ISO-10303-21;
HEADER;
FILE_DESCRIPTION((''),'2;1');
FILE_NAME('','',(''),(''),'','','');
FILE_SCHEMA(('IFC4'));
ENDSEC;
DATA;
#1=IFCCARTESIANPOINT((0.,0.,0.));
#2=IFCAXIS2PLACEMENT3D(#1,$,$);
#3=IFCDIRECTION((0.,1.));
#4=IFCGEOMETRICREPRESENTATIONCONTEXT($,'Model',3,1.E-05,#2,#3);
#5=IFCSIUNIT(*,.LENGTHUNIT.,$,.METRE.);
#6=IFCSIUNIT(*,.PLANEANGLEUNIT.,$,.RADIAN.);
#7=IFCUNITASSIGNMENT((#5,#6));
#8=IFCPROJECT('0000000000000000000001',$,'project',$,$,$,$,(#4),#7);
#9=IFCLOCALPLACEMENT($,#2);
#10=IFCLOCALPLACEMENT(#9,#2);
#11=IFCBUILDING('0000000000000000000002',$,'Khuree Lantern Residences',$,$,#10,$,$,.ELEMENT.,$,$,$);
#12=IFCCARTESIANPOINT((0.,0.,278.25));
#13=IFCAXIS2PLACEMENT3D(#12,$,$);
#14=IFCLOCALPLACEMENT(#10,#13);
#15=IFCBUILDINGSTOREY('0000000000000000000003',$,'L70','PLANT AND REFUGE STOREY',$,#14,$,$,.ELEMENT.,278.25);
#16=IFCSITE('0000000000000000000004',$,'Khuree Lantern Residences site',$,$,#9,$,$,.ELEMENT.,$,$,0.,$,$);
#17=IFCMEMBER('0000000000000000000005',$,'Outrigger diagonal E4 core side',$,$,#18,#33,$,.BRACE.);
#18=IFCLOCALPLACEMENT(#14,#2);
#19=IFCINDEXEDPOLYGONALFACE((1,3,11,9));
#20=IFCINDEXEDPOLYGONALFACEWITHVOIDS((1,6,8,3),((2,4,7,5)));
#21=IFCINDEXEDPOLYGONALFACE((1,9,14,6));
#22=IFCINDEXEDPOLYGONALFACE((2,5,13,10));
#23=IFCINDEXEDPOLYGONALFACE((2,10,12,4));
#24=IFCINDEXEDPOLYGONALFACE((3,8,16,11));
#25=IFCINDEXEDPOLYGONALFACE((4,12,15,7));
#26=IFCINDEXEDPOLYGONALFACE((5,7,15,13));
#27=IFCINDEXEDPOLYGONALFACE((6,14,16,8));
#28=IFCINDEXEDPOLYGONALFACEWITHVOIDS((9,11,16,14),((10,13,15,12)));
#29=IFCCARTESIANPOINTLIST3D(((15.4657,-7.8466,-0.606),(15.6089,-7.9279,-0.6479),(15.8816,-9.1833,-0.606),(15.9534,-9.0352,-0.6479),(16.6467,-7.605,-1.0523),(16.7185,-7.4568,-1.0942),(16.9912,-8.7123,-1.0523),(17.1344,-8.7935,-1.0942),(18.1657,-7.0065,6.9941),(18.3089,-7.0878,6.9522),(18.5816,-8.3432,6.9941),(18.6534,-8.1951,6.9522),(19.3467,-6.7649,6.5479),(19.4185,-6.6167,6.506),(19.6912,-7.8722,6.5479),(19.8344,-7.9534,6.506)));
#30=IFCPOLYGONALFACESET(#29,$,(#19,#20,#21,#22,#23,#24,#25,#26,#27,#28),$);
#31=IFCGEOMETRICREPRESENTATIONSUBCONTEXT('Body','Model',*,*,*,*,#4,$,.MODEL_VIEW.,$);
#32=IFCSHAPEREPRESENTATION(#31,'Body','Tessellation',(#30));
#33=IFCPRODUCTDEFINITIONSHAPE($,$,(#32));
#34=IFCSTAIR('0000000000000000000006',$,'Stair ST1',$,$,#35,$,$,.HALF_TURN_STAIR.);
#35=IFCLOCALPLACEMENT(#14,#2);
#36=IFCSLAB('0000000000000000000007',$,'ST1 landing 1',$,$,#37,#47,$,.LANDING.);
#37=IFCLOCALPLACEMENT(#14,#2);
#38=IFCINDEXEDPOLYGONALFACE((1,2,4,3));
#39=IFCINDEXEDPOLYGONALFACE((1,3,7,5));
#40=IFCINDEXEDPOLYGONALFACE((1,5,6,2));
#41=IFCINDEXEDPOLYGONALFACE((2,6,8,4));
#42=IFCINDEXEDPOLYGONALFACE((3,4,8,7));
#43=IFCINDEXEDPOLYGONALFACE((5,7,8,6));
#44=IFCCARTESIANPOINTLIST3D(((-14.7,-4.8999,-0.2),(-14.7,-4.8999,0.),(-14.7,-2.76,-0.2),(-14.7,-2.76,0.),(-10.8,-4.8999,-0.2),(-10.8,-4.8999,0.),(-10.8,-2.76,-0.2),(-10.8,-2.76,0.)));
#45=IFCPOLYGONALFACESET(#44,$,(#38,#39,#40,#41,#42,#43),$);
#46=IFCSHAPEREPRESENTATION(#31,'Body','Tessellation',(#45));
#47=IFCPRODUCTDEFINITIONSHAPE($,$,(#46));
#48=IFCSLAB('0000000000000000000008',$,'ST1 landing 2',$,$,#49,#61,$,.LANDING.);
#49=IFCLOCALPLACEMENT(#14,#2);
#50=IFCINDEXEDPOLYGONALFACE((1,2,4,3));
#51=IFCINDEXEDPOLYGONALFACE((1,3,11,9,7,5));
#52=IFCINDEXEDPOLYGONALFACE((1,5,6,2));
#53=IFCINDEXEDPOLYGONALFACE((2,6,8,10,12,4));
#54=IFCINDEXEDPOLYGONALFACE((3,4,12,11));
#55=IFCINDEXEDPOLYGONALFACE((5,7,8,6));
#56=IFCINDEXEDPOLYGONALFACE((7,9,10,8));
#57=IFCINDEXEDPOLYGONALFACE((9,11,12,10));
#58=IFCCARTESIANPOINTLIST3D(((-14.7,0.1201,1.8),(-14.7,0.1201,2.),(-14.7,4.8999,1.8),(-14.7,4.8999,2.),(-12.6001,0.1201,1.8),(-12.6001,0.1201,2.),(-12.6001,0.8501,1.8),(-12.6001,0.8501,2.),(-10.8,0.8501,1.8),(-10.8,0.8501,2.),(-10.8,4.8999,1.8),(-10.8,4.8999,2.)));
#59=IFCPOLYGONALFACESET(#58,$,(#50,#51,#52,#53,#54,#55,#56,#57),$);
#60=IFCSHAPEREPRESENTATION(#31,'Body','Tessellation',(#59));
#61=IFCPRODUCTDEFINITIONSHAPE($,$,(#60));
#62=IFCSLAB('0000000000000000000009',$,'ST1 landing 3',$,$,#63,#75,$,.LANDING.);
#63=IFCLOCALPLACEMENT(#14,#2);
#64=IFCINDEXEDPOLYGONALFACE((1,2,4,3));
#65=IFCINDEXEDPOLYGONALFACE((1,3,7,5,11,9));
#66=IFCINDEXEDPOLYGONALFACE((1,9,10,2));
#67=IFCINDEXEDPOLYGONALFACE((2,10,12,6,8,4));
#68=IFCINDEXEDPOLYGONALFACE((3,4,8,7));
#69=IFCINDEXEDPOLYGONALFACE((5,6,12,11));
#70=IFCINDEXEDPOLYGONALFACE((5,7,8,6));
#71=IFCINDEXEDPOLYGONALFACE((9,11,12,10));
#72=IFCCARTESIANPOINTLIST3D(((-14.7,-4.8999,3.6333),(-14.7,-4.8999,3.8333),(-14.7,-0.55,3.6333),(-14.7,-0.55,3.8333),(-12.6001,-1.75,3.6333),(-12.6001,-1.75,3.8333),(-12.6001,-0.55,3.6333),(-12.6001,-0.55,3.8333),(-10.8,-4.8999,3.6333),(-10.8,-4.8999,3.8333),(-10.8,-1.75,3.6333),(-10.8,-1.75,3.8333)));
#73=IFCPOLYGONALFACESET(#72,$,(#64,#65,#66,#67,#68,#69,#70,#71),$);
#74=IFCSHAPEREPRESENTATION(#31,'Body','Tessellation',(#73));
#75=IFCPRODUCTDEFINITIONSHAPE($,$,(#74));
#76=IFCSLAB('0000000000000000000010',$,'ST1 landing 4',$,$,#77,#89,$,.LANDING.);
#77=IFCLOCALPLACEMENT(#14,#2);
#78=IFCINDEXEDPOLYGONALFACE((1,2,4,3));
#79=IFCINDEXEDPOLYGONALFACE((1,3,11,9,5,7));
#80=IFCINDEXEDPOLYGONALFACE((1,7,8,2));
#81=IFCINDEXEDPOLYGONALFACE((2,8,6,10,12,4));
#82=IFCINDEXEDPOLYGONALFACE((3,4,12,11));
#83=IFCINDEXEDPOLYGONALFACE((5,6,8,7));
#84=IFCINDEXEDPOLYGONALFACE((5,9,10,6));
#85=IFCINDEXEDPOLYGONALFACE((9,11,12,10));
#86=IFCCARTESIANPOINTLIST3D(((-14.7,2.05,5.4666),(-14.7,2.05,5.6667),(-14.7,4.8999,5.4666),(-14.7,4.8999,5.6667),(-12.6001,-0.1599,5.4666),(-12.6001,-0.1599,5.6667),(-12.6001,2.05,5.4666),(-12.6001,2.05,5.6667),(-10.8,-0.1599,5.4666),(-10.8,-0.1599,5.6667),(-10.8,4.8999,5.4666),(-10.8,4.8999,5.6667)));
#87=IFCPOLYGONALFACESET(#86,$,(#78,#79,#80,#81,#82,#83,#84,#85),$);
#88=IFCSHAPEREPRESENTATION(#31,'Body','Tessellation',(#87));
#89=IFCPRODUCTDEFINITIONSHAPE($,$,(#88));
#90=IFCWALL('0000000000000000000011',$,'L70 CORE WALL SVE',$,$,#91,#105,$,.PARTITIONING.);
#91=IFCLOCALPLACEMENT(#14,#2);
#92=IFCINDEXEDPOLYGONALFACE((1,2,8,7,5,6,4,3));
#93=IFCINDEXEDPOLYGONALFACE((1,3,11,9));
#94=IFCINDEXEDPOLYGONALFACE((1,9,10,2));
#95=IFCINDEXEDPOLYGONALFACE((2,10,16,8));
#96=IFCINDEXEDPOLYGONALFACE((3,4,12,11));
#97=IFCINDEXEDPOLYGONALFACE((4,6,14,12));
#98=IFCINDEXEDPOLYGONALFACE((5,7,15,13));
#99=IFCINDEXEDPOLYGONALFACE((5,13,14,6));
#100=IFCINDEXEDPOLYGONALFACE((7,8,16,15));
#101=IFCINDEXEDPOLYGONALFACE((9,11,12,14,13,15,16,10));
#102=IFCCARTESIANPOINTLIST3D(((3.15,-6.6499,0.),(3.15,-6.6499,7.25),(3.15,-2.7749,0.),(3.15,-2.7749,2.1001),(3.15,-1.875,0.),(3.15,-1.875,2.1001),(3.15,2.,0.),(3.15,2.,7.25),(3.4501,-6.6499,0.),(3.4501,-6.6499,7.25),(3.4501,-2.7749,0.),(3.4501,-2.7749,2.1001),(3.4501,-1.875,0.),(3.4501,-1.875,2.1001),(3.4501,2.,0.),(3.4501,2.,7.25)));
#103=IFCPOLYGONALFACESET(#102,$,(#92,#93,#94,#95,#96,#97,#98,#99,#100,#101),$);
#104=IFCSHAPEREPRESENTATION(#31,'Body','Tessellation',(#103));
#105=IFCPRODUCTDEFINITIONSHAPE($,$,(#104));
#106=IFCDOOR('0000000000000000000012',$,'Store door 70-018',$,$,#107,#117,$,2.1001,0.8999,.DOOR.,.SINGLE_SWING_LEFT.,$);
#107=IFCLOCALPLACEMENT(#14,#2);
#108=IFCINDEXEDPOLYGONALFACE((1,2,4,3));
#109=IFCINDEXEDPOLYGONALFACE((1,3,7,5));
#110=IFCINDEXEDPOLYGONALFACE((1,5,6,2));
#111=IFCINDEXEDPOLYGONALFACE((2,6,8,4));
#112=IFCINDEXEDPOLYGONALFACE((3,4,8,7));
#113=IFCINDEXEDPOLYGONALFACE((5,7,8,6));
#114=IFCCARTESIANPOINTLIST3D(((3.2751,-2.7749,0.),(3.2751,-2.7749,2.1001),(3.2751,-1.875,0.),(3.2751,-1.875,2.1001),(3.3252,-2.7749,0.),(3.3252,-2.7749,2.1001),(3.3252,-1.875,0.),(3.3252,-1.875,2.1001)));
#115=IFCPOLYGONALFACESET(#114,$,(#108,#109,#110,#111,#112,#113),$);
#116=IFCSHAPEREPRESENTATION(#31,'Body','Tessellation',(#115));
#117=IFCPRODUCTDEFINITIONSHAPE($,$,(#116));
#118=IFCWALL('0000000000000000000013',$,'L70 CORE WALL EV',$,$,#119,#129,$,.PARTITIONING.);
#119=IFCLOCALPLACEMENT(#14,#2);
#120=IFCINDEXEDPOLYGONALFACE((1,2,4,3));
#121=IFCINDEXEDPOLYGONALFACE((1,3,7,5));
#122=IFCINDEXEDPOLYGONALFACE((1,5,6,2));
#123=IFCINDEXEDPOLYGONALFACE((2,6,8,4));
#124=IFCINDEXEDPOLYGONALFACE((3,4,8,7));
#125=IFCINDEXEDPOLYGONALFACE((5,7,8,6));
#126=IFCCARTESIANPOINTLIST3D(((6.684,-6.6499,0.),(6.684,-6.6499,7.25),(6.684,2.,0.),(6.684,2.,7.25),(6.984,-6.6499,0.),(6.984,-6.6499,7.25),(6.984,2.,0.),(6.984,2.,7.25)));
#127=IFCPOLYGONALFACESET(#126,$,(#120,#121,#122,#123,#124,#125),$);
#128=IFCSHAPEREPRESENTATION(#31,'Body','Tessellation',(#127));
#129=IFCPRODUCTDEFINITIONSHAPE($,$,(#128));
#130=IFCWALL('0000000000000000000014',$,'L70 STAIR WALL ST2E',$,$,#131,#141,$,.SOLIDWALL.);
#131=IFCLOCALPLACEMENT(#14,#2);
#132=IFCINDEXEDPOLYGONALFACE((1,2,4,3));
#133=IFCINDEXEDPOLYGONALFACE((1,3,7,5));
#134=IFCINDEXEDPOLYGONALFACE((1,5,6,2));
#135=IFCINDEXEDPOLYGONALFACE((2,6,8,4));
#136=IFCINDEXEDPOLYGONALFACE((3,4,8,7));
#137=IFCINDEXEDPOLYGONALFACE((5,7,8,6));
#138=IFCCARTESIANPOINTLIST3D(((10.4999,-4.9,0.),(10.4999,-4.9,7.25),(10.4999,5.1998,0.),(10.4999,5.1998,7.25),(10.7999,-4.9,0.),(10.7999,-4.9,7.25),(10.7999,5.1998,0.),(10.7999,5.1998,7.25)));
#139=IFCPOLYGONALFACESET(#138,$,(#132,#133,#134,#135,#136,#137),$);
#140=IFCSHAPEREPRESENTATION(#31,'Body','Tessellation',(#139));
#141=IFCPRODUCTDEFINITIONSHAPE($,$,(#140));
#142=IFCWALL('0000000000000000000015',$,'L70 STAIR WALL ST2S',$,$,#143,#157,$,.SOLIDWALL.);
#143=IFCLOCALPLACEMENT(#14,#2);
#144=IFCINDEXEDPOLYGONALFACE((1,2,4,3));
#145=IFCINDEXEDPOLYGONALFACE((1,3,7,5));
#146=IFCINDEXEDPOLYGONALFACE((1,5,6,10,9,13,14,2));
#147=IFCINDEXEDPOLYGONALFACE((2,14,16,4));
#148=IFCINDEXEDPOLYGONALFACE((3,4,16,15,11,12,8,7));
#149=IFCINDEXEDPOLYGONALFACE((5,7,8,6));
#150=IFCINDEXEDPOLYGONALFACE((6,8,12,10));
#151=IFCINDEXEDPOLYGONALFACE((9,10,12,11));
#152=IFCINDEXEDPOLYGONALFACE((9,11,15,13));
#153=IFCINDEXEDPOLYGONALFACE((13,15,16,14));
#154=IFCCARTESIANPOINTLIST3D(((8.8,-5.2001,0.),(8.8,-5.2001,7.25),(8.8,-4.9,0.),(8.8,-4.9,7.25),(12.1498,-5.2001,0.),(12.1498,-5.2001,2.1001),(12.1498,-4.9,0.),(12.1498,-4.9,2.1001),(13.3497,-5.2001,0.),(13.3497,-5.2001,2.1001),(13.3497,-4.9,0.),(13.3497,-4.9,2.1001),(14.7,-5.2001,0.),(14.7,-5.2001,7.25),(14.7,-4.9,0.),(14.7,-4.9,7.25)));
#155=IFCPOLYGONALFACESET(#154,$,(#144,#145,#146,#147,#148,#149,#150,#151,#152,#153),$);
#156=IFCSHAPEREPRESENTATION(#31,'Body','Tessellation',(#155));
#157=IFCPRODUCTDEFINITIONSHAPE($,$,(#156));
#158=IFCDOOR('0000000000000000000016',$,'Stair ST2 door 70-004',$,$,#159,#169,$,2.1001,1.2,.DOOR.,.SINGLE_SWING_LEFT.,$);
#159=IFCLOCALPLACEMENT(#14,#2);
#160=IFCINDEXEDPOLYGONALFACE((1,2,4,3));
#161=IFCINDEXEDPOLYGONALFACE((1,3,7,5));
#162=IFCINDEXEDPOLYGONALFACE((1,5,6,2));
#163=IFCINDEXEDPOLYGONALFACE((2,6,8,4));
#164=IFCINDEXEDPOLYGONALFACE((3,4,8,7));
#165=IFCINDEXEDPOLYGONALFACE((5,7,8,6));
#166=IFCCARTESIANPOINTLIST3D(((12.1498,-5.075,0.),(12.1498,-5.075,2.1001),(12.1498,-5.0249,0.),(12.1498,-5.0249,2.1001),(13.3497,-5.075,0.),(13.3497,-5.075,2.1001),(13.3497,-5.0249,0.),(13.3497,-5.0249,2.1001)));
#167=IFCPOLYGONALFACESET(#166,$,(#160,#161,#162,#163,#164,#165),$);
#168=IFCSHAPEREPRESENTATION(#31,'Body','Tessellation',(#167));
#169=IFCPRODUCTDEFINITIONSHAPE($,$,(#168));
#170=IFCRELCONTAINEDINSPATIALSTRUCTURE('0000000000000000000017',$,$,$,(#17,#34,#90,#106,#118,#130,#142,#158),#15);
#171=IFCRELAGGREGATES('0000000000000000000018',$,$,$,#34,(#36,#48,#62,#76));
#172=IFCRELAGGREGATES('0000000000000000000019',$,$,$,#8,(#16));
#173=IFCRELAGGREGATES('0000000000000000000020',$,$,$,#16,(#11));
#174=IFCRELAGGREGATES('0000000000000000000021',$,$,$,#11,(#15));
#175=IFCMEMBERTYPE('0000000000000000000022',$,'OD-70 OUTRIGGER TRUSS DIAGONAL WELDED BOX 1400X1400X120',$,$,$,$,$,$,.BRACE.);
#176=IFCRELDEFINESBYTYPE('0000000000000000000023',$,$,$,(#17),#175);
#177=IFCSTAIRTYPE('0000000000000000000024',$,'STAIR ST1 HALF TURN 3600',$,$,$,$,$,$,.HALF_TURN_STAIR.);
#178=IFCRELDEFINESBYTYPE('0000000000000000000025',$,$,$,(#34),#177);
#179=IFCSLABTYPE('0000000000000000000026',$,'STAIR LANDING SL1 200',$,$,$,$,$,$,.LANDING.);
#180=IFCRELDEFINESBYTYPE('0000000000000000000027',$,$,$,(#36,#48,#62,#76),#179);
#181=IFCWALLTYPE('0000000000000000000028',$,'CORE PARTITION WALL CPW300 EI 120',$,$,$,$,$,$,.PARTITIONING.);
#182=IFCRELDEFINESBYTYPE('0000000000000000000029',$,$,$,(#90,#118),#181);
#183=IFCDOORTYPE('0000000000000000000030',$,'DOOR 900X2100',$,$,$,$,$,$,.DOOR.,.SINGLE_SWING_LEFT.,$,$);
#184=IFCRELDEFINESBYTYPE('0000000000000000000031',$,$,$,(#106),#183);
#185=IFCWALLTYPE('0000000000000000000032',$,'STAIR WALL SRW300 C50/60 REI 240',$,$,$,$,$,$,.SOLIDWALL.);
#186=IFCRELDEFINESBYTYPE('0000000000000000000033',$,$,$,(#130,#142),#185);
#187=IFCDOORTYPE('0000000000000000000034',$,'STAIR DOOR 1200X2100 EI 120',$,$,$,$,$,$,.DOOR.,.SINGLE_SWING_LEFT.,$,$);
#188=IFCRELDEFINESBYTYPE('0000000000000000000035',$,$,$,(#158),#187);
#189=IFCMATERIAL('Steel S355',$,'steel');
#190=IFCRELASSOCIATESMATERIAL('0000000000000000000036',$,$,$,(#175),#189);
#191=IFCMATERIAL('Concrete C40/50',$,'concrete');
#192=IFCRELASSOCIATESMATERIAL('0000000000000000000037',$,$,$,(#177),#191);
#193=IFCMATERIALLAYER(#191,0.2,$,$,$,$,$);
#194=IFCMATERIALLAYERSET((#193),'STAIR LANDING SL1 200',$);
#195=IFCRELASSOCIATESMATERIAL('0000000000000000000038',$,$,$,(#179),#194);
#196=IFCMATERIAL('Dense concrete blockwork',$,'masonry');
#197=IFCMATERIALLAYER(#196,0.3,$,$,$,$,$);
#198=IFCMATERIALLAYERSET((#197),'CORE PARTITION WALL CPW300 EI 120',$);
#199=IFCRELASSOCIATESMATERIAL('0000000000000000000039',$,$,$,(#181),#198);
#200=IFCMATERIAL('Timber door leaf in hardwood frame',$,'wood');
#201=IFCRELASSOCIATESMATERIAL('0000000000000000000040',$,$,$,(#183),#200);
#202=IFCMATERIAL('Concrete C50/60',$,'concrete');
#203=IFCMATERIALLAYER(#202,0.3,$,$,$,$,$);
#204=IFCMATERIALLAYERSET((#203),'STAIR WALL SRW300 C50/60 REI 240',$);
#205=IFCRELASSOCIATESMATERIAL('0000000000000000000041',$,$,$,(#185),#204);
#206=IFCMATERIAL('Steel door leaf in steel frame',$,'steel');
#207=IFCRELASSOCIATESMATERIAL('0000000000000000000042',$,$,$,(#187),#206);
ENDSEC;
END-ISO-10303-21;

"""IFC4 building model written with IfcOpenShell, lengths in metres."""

from ifc_helpers import new_model, si_unit, direction, frame, frame_2d, origin, origin_2d, place, context, subcontext, project, spatial, polyline, rectangle, hollow_rectangle, outline, extrude, material, layer, layer_set, material_profile, profile_set, type_object, element, fill, aggregate, save


model = new_model("IFC4")

# Units and contexts
model_context = context("Model", 3, precision=1e-05, world=origin(), true_north=direction((0.0, 1.0)))
body_context = subcontext(model_context, "Body", "Model", "MODEL_VIEW")
ifc_project = project(units=[si_unit("LENGTHUNIT", "METRE"), si_unit("PLANEANGLEUNIT", "RADIAN")], contexts=[model_context])

# Site, building, storey
site_placement = place(None, origin())
site = spatial("IfcSite", under=ifc_project, at=site_placement, Name="Khuree Lantern Residences site", CompositionType="ELEMENT", RefElevation=0.0)
building_placement = place(site_placement, origin())
building = spatial("IfcBuilding", under=site, at=building_placement, Name="Khuree Lantern Residences", CompositionType="ELEMENT")
storey_placement = place(building_placement, frame((0.0, 0.0, 278.25)))
storey = spatial("IfcBuildingStorey", under=building, at=storey_placement, Name="L70", Description="PLANT AND REFUGE STOREY", CompositionType="ELEMENT", Elevation=278.25)

# Member
ifc_material_1 = material(Name="Steel S355", Category="steel")
ifc_material_profile = material_profile(ifc_material_1, hollow_rectangle(XDim=1.3999, YDim=1.3999, WallThickness=0.1201, at=origin_2d()), Name="WELDED BOX 1400X1400X120")
ifc_profile_set = profile_set([ifc_material_profile], Name="Steel S355")
member_type = type_object("IfcMemberType", Name="OD-70 OUTRIGGER TRUSS DIAGONAL WELDED BOX 1400X1400X120", PredefinedType="BRACE", material=ifc_profile_set)
member_placement = place(storey_placement, frame((16.3, -8.3201, -0.8501), z_axis=(0.332955, 0.103599, 0.937235), x_axis=(-0.2971, 0.954846, 0.0)))
element("IfcMember", 1, at=member_placement, inside=storey, type_object=member_type, Name="Outrigger diagonal E4 core side", PredefinedType="BRACE", context=body_context, shape_type="SweptSolid", body=[
    extrude(hollow_rectangle(XDim=1.3999, YDim=1.3999, WallThickness=0.1201, at=origin_2d()), origin(), (0.0, 0.0, 1.0), 8.1091),
])

# Stair, slabs
ifc_material_2 = material(Name="Concrete C40/50", Category="concrete")
stair_type = type_object("IfcStairType", Name="STAIR ST1 HALF TURN 3600", PredefinedType="HALF_TURN_STAIR", material=ifc_material_2)
stair_1_placement = place(storey_placement, origin())
stair_1 = element("IfcStair", 2, at=stair_1_placement, inside=storey, type_object=stair_type, Name="Stair ST1", PredefinedType="HALF_TURN_STAIR")
ifc_layer_1 = layer(ifc_material_2, 0.2)
ifc_layer_set_1 = layer_set([ifc_layer_1], Name="STAIR LANDING SL1 200")
slab_type = type_object("IfcSlabType", Name="STAIR LANDING SL1 200", PredefinedType="LANDING", material=ifc_layer_set_1)
slab_1_placement = place(storey_placement, frame((0.0, 0.0, -0.2)))
slab_1 = element("IfcSlab", 3, at=slab_1_placement, type_object=slab_type, Name="ST1 landing 1", PredefinedType="LANDING", context=body_context, shape_type="SweptSolid", body=[
    extrude(outline(polyline([(-14.7, -4.8999), (-10.8, -4.8999), (-10.8, -2.76), (-14.7, -2.76), (-14.7, -4.8999)])), origin(), (0.0, 0.0, 1.0), 0.2),
])
slab_2_placement = place(storey_placement, frame((0.0, 0.0, 1.8)))
slab_2 = element("IfcSlab", 4, at=slab_2_placement, type_object=slab_type, Name="ST1 landing 2", PredefinedType="LANDING", context=body_context, shape_type="SweptSolid", body=[
    extrude(outline(polyline([(-12.6001, 0.1201), (-14.7, 0.1201), (-14.7, 4.8999), (-10.8, 4.8999), (-10.8, 0.8501), (-12.6001, 0.8501), (-12.6001, 0.1201)])), origin(), (0.0, 0.0, 1.0), 0.2),
])
slab_3_placement = place(storey_placement, frame((0.0, 0.0, 3.6333)))
slab_3 = element("IfcSlab", 5, at=slab_3_placement, type_object=slab_type, Name="ST1 landing 3", PredefinedType="LANDING", context=body_context, shape_type="SweptSolid", body=[
    extrude(outline(polyline([(-10.8, -1.75), (-10.8, -4.8999), (-14.7, -4.8999), (-14.7, -0.55), (-12.6001, -0.55), (-12.6001, -1.75), (-10.8, -1.75)])), origin(), (0.0, 0.0, 1.0), 0.2),
])
slab_4_placement = place(storey_placement, frame((0.0, 0.0, 5.4666)))
slab_4 = element("IfcSlab", 6, at=slab_4_placement, type_object=slab_type, Name="ST1 landing 4", PredefinedType="LANDING", context=body_context, shape_type="SweptSolid", body=[
    extrude(outline(polyline([(-10.8, 4.8999), (-10.8, -0.1599), (-12.6001, -0.1599), (-12.6001, 2.05), (-14.7, 2.05), (-14.7, 4.8999), (-10.8, 4.8999)])), origin(), (0.0, 0.0, 1.0), 0.2002),
])
aggregate(stair_1, [slab_1, slab_2, slab_3, slab_4])

# Wall, opening, door
ifc_material_3 = material(Name="Dense concrete blockwork", Category="masonry")
ifc_layer_2 = layer(ifc_material_3, 0.3)
ifc_layer_set_2 = layer_set([ifc_layer_2], Name="CORE PARTITION WALL CPW300 EI 120")
wall_type_1 = type_object("IfcWallType", Name="CORE PARTITION WALL CPW300 EI 120", PredefinedType="PARTITIONING", material=ifc_layer_set_2)
wall_1_placement = place(storey_placement, frame((3.3, -6.6499, 0.0), z_axis=(0.0, 0.0, 1.0), x_axis=(0.0, 1.0, 0.0)))
wall_1 = element("IfcWall", 7, at=wall_1_placement, inside=storey, type_object=wall_type_1, Name="L70 CORE WALL SVE", PredefinedType="PARTITIONING", context=body_context, shape_type="SweptSolid", body=[
    extrude(rectangle(XDim=8.6499, YDim=0.3, at=frame_2d((4.325, 0.0))), origin(), (0.0, 0.0, 1.0), 7.25),
])
opening_1_placement = place(wall_1_placement, frame((3.875, 0.0, 0.0)))
opening_1 = element("IfcOpeningElement", 8, at=opening_1_placement, cuts=wall_1, PredefinedType="OPENING", context=body_context, shape_type="SweptSolid", body=[
    extrude(rectangle(XDim=0.8999, YDim=2.1001, at=frame_2d((0.45, 1.05))), frame((0.0, 0.1602, 0.0), z_axis=(0.0, -1.0, 0.0), x_axis=(1.0, 0.0, 0.0)), (0.0, 0.0, 1.0), 0.3201),
])
ifc_material_4 = material(Name="Timber door leaf in hardwood frame", Category="wood")
door_type_1 = type_object("IfcDoorType", Name="DOOR 900X2100", OperationType="SINGLE_SWING_LEFT", PredefinedType="DOOR", material=ifc_material_4)
door_1_placement = place(opening_1_placement, origin())
door_1 = element("IfcDoor", 9, at=door_1_placement, inside=storey, type_object=door_type_1, Name="Store door 70-018", OperationType="SINGLE_SWING_LEFT", OverallHeight=2.1001, OverallWidth=0.8999, PredefinedType="DOOR", context=body_context, shape_type="SweptSolid", body=[
    extrude(rectangle(XDim=0.8999, YDim=2.1001, at=frame_2d((0.45, 1.05))), frame((0.0, 0.0249, 0.0), z_axis=(0.0, -1.0, 0.0), x_axis=(1.0, 0.0, 0.0)), (0.0, 0.0, 1.0), 0.05),
])
fill(opening_1, door_1)

# Walls
wall_2_placement = place(storey_placement, frame((6.834, -6.6499, 0.0), z_axis=(0.0, 0.0, 1.0), x_axis=(0.0, 1.0, 0.0)))
element("IfcWall", 10, at=wall_2_placement, inside=storey, type_object=wall_type_1, Name="L70 CORE WALL EV", PredefinedType="PARTITIONING", context=body_context, shape_type="SweptSolid", body=[
    extrude(rectangle(XDim=8.6499, YDim=0.3, at=frame_2d((4.325, 0.0))), origin(), (0.0, 0.0, 1.0), 7.25),
])
ifc_material_5 = material(Name="Concrete C50/60", Category="concrete")
ifc_layer_3 = layer(ifc_material_5, 0.3)
ifc_layer_set_3 = layer_set([ifc_layer_3], Name="STAIR WALL SRW300 C50/60 REI 240")
wall_type_2 = type_object("IfcWallType", Name="STAIR WALL SRW300 C50/60 REI 240", PredefinedType="SOLIDWALL", material=ifc_layer_set_3)
wall_3_placement = place(storey_placement, frame((10.6499, -4.8999, 0.0), z_axis=(0.0, 0.0, 1.0), x_axis=(0.0, 1.0, 0.0)))
element("IfcWall", 11, at=wall_3_placement, inside=storey, type_object=wall_type_2, Name="L70 STAIR WALL ST2E", PredefinedType="SOLIDWALL", context=body_context, shape_type="SweptSolid", body=[
    extrude(rectangle(XDim=10.0999, YDim=0.3, at=frame_2d((5.0498, 0.0))), origin(), (0.0, 0.0, 1.0), 7.25),
])

# Wall, opening, door
wall_4_placement = place(storey_placement, frame((14.7, -5.05, 0.0), z_axis=(0.0, 0.0, 1.0), x_axis=(-1.0, 0.0, 0.0)))
wall_4 = element("IfcWall", 12, at=wall_4_placement, inside=storey, type_object=wall_type_2, Name="L70 STAIR WALL ST2S", PredefinedType="SOLIDWALL", context=body_context, shape_type="SweptSolid", body=[
    extrude(rectangle(XDim=5.8999, YDim=0.3, at=frame_2d((2.95, 0.0))), origin(), (0.0, 0.0, 1.0), 7.25),
])
opening_2_placement = place(wall_4_placement, frame((1.3501, 0.0, 0.0)))
opening_2 = element("IfcOpeningElement", 13, at=opening_2_placement, cuts=wall_4, PredefinedType="OPENING", context=body_context, shape_type="SweptSolid", body=[
    extrude(rectangle(XDim=1.2, YDim=2.1001, at=frame_2d((0.6001, 1.05))), frame((0.0, 0.1602, 0.0), z_axis=(0.0, -1.0, 0.0), x_axis=(1.0, 0.0, 0.0)), (0.0, 0.0, 1.0), 0.3201),
])
ifc_material_6 = material(Name="Steel door leaf in steel frame", Category="steel")
door_type_2 = type_object("IfcDoorType", Name="STAIR DOOR 1200X2100 EI 120", OperationType="SINGLE_SWING_LEFT", PredefinedType="DOOR", material=ifc_material_6)
door_2_placement = place(opening_2_placement, origin())
door_2 = element("IfcDoor", 14, at=door_2_placement, inside=storey, type_object=door_type_2, Name="Stair ST2 door 70-004", OperationType="SINGLE_SWING_LEFT", OverallHeight=2.1001, OverallWidth=1.2, PredefinedType="DOOR", context=body_context, shape_type="SweptSolid", body=[
    extrude(rectangle(XDim=1.2, YDim=2.1001, at=frame_2d((0.6001, 1.05))), frame((0.0, 0.0249, 0.0), z_axis=(0.0, -1.0, 0.0), x_axis=(1.0, 0.0, 0.0)), (0.0, 0.0, 1.0), 0.05),
])
fill(opening_2, door_2)

save(model, "model.ifc")
